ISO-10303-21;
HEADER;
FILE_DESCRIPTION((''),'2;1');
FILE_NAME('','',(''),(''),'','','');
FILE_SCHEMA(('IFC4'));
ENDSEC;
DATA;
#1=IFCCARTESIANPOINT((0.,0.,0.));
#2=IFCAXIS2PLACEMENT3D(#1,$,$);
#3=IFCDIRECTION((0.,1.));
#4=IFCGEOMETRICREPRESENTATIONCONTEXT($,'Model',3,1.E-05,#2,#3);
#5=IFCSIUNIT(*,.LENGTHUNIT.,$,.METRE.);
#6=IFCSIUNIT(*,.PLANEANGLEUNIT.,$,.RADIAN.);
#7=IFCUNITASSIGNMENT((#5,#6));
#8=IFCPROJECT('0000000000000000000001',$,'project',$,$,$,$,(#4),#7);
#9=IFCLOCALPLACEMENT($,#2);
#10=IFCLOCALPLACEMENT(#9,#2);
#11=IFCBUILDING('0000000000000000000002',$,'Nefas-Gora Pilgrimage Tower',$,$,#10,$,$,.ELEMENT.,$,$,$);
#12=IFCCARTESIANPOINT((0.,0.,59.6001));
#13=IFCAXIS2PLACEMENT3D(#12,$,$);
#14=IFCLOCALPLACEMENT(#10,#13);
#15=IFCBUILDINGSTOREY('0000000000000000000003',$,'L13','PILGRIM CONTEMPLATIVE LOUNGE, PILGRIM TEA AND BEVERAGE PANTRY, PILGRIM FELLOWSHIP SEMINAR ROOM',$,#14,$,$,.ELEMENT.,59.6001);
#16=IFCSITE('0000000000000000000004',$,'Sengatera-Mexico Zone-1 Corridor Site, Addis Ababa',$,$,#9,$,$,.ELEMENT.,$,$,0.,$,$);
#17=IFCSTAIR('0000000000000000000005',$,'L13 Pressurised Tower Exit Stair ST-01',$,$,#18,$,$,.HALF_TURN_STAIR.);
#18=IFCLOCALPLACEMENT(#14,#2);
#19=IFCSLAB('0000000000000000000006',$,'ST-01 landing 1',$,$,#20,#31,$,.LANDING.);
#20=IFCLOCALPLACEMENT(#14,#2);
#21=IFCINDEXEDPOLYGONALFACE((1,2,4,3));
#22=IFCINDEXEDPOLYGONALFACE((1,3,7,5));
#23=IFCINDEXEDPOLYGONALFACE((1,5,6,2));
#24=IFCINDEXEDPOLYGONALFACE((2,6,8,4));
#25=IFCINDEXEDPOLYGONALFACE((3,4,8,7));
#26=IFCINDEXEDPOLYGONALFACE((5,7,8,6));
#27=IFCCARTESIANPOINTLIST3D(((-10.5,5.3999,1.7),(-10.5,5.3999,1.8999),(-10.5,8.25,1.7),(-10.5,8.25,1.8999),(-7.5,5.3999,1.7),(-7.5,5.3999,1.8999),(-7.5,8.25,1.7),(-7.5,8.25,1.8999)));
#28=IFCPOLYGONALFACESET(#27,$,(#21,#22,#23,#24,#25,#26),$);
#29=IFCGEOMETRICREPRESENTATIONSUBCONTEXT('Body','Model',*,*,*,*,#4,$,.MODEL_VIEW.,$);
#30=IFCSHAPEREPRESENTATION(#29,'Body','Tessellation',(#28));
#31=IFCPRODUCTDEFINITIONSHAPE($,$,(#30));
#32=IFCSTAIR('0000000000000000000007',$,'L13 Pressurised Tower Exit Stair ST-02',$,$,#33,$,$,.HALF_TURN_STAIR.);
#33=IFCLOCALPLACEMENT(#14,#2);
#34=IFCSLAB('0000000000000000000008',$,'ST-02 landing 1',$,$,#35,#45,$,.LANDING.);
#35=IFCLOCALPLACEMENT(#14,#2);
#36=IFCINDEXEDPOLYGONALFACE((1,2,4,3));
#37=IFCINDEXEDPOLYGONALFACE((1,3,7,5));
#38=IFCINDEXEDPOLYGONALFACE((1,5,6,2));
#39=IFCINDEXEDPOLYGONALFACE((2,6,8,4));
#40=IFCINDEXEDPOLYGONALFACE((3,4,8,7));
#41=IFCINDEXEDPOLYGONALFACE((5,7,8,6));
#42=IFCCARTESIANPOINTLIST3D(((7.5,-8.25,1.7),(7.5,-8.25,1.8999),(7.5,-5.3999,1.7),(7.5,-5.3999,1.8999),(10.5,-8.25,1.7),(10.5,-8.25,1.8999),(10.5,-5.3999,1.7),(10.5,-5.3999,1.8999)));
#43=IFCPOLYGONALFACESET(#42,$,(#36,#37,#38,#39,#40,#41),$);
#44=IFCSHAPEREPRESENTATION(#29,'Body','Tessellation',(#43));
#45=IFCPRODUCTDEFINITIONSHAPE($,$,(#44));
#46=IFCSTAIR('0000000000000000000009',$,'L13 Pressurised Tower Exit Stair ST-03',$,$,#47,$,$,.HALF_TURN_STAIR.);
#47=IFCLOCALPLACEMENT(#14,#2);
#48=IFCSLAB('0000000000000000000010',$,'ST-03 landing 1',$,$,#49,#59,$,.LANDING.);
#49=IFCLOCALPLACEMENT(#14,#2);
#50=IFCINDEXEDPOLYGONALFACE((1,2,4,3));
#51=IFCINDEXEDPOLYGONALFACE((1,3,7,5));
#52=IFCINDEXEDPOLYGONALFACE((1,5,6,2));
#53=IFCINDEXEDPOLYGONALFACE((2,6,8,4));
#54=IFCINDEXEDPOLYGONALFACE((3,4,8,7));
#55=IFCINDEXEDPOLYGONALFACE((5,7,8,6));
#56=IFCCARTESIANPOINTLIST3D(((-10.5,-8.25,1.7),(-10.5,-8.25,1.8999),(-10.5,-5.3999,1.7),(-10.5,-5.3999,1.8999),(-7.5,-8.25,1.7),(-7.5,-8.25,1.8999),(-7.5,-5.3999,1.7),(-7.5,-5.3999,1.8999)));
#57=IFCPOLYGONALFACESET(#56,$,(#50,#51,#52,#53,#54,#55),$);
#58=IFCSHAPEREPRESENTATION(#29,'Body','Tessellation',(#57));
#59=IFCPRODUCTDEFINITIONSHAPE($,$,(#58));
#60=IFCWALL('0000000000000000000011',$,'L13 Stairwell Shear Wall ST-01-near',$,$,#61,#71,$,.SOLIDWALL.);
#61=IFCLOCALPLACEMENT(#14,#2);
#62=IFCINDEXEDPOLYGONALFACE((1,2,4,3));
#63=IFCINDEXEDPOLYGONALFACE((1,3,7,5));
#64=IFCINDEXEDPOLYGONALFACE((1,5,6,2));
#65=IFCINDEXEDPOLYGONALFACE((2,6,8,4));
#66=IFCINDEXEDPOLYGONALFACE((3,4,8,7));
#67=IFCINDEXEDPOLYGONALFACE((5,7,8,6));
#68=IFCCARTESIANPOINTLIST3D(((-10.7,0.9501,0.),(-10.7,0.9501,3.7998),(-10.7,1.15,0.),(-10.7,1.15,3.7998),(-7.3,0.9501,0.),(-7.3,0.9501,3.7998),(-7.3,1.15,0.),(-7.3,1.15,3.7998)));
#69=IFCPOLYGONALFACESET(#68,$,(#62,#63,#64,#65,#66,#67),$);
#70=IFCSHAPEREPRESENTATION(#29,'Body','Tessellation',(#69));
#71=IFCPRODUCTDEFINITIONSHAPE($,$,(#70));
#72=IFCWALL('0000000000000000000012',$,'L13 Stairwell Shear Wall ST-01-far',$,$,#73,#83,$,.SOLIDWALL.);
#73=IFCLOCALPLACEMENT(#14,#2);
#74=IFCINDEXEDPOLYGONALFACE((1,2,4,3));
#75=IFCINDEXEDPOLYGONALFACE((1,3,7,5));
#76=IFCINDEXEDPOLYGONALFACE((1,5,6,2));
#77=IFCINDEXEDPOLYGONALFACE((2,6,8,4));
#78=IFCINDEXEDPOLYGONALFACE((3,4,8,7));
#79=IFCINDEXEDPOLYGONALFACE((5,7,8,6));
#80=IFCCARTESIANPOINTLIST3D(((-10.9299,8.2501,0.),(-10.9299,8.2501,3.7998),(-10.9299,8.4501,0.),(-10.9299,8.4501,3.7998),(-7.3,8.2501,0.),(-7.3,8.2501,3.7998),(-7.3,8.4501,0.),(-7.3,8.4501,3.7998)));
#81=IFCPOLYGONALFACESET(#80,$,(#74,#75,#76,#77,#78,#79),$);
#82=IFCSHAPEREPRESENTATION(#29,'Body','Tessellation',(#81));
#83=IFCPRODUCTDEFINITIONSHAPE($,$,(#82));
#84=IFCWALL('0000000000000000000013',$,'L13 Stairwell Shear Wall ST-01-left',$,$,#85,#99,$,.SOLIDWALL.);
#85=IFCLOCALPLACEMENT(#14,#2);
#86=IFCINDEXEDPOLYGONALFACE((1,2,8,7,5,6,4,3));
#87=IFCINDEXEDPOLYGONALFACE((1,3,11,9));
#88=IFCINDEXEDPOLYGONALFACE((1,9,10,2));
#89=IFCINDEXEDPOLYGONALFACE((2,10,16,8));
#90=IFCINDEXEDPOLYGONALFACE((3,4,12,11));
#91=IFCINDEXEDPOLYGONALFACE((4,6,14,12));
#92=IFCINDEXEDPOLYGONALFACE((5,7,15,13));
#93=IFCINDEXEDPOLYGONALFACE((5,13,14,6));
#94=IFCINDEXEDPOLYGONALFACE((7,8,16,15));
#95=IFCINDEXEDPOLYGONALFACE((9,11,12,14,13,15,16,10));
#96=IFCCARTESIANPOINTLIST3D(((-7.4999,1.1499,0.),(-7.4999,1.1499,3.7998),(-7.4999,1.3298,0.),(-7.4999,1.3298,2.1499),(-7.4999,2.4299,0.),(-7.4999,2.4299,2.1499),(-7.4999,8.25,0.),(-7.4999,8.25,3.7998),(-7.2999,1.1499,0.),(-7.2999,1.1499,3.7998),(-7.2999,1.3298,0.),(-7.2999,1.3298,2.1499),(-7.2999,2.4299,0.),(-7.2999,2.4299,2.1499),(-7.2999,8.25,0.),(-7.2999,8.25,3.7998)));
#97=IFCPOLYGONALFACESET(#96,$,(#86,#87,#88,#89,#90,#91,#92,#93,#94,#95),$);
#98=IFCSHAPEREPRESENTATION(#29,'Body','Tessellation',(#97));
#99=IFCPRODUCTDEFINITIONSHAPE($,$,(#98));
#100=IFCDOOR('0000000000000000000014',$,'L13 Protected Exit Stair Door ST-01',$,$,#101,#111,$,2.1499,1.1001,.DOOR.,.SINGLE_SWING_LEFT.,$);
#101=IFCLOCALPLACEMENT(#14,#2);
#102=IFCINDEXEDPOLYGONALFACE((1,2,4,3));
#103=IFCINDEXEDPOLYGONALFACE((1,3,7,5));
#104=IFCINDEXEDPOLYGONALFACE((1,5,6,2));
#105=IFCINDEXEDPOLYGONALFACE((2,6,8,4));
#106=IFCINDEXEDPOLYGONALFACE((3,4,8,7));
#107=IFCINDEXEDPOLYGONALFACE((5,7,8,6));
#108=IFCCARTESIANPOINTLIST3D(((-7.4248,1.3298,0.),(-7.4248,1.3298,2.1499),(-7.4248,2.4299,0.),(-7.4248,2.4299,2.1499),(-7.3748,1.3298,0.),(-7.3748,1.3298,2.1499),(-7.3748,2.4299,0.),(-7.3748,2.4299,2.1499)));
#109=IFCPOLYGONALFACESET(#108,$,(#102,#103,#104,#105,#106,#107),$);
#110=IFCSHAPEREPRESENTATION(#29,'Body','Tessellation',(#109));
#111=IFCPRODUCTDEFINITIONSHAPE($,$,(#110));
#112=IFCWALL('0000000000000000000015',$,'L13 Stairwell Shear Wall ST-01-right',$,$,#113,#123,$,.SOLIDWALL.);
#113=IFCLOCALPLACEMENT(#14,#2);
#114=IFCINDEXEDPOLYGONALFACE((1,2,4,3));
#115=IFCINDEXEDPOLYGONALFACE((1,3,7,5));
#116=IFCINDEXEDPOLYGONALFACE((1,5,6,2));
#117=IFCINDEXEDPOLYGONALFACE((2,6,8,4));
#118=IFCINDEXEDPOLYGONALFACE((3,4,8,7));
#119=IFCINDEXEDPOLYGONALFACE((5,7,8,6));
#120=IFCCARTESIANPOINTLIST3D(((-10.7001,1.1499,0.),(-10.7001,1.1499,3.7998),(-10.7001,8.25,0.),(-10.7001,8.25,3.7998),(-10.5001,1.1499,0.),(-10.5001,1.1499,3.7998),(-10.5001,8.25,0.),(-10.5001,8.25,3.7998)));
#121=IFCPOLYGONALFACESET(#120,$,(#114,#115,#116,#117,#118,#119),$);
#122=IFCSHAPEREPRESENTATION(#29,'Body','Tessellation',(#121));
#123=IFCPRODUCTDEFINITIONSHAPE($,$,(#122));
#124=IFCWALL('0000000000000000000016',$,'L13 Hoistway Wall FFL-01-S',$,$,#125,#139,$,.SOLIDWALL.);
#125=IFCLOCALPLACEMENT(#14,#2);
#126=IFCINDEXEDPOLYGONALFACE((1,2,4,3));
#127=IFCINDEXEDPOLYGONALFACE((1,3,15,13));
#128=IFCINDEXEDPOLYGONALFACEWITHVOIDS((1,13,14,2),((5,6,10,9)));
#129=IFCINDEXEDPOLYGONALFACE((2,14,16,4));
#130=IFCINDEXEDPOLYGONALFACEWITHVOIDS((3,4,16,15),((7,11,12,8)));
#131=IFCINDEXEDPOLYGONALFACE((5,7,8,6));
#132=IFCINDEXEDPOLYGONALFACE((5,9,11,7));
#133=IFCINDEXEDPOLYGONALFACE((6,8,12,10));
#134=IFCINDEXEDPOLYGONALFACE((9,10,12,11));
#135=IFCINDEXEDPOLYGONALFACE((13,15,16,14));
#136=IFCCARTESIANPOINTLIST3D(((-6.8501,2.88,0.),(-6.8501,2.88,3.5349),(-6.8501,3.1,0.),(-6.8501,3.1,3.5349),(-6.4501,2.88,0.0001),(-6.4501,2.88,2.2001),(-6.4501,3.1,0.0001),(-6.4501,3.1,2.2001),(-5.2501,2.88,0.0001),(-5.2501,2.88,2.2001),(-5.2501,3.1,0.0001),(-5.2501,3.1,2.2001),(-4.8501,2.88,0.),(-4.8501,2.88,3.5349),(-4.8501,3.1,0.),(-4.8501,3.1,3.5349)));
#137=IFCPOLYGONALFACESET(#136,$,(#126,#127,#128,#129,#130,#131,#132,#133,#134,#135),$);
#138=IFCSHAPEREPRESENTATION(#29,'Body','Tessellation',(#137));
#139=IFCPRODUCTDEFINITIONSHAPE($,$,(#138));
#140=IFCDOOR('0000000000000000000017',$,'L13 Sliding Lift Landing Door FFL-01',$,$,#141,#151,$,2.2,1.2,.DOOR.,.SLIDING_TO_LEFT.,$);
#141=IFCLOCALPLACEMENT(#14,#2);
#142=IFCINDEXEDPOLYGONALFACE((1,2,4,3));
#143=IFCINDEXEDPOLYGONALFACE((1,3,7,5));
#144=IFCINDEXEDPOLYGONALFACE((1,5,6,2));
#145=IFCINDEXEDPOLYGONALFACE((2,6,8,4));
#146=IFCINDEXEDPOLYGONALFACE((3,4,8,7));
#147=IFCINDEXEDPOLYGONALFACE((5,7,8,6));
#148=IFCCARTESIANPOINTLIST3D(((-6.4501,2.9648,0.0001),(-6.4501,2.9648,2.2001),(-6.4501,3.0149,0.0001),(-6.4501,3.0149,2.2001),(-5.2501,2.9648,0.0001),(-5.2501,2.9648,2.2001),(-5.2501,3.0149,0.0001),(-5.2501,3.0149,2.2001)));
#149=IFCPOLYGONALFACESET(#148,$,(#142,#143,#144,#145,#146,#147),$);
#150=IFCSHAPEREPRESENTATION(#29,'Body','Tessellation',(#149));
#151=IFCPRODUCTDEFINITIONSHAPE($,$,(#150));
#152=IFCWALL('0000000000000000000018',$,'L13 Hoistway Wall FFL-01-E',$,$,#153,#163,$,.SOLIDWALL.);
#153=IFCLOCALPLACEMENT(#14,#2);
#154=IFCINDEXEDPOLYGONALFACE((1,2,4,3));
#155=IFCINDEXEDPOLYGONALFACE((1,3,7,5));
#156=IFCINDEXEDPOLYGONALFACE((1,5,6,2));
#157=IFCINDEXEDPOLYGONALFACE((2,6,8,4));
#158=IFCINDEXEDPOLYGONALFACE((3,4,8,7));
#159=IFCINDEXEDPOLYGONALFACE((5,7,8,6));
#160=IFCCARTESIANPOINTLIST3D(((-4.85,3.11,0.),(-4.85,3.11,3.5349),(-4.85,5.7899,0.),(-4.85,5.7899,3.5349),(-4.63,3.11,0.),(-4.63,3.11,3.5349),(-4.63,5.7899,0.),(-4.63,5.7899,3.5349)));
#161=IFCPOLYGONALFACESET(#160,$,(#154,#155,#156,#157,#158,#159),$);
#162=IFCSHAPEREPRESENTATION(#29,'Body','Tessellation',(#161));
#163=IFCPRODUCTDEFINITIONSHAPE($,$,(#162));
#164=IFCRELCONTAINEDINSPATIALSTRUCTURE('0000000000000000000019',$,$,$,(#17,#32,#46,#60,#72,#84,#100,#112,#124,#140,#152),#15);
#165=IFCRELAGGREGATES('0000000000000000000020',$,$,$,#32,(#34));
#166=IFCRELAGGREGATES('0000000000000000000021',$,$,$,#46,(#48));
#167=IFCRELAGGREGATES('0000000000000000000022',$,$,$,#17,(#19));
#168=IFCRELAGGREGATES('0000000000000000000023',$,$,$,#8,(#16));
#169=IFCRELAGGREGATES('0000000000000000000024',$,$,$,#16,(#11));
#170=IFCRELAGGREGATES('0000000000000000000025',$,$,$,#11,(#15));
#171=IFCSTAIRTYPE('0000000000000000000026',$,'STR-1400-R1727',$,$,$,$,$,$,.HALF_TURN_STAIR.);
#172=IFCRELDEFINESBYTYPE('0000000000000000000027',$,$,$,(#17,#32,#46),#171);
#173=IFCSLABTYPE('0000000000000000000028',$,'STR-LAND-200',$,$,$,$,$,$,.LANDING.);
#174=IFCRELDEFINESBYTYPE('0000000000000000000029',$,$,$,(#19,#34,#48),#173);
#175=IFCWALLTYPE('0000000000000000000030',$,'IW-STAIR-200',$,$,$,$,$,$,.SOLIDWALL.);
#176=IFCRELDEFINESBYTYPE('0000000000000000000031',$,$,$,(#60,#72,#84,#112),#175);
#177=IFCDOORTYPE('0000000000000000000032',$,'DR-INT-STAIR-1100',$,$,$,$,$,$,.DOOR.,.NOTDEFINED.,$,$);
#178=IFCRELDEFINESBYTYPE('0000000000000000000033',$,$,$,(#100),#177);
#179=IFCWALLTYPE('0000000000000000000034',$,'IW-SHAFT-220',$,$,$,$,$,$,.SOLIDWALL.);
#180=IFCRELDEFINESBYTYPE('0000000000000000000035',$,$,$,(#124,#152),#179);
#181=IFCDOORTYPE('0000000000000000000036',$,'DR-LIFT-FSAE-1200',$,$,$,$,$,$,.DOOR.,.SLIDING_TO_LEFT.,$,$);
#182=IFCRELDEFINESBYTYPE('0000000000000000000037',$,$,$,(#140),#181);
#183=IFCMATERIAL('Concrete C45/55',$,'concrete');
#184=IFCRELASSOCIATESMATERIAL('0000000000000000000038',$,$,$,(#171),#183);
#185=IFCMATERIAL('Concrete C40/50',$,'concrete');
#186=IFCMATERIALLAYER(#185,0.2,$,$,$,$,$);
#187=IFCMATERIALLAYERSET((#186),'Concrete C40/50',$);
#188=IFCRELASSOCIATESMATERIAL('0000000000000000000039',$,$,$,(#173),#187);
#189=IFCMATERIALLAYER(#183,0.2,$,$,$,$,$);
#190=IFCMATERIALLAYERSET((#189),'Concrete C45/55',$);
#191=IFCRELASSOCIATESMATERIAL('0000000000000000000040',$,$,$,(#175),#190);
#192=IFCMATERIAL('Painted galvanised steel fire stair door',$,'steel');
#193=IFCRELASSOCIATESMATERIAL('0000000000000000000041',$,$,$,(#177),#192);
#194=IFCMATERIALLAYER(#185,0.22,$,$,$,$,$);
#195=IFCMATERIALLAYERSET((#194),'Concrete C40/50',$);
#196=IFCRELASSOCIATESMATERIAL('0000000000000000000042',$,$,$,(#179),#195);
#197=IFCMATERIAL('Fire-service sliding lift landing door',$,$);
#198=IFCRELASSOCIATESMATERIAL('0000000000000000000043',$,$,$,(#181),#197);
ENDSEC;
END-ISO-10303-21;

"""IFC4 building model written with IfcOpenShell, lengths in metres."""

from ifc_helpers import new_model, si_unit, direction, frame, frame_2d, origin, place, context, subcontext, project, spatial, polyline, rectangle, outline, extrude, source, transform, mapped, material, layer, layer_set, type_object, element, fill, aggregate, save


model = new_model("IFC4")

# Units and contexts
model_context = context("Model", 3, precision=1e-05, world=origin(), true_north=direction((0.0, 1.0)))
body_context = subcontext(model_context, "Body", "Model", "MODEL_VIEW")
ifc_project = project(units=[si_unit("LENGTHUNIT", "METRE"), si_unit("PLANEANGLEUNIT", "RADIAN")], contexts=[model_context])

# Site, building, storey
site_placement = place(None, origin())
site = spatial("IfcSite", under=ifc_project, at=site_placement, Name="Sengatera-Mexico Zone-1 Corridor Site, Addis Ababa", CompositionType="ELEMENT", RefElevation=0.0)
building_placement = place(site_placement, origin())
building = spatial("IfcBuilding", under=site, at=building_placement, Name="Nefas-Gora Pilgrimage Tower", CompositionType="ELEMENT")
storey_placement = place(building_placement, frame((0.0, 0.0, 59.6001)))
storey = spatial("IfcBuildingStorey", under=building, at=storey_placement, Name="L13", Description="PILGRIM CONTEMPLATIVE LOUNGE, PILGRIM TEA AND BEVERAGE PANTRY, PILGRIM FELLOWSHIP SEMINAR ROOM", CompositionType="ELEMENT", Elevation=59.6001)

# Shared definitions
ifc_material_1 = material(Name="Concrete C40/50", Category="concrete")

# Stairs, slabs
ifc_material_2 = material(Name="Concrete C45/55", Category="concrete")
stair_type = type_object("IfcStairType", Name="STR-1400-R1727", PredefinedType="HALF_TURN_STAIR", material=ifc_material_2)
stair_1_placement = place(storey_placement, origin())
stair_1 = element("IfcStair", 1, at=stair_1_placement, inside=storey, type_object=stair_type, Name="L13 Pressurised Tower Exit Stair ST-01", PredefinedType="HALF_TURN_STAIR")
ifc_layer_1 = layer(ifc_material_1, 0.2)
ifc_layer_set_1 = layer_set([ifc_layer_1], Name="Concrete C40/50")
slab_type_1 = type_object("IfcSlabType", Name="STR-LAND-200", PredefinedType="LANDING", material=ifc_layer_set_1)
slab_1_placement = place(storey_placement, frame((0.0, 0.0, 1.7)))
slab_1 = element("IfcSlab", 2, at=slab_1_placement, type_object=slab_type_1, Name="ST-01 landing 1", PredefinedType="LANDING", context=body_context, shape_type="SweptSolid", body=[
    extrude(outline(polyline([(-7.5, 5.3999), (-7.5, 8.25), (-10.5, 8.25), (-10.5, 5.3999), (-7.5, 5.3999)])), origin(), (0.0, 0.0, 1.0), 0.2),
])
stair_2_placement = place(storey_placement, origin())
stair_2 = element("IfcStair", 3, at=stair_2_placement, inside=storey, type_object=stair_type, Name="L13 Pressurised Tower Exit Stair ST-02", PredefinedType="HALF_TURN_STAIR")
slab_2_placement = place(storey_placement, frame((0.0, 0.0, 1.7)))
slab_2 = element("IfcSlab", 4, at=slab_2_placement, type_object=slab_type_1, Name="ST-02 landing 1", PredefinedType="LANDING", context=body_context, shape_type="SweptSolid", body=[
    extrude(outline(polyline([(7.5, -5.3999), (7.5, -8.25), (10.5, -8.25), (10.5, -5.3999), (7.5, -5.3999)])), origin(), (0.0, 0.0, 1.0), 0.2),
])
aggregate(stair_2, [slab_2])
stair_3_placement = place(storey_placement, origin())
stair_3 = element("IfcStair", 5, at=stair_3_placement, inside=storey, type_object=stair_type, Name="L13 Pressurised Tower Exit Stair ST-03", PredefinedType="HALF_TURN_STAIR")
slab_3_placement = place(storey_placement, frame((0.0, 0.0, 1.7)))
slab_3 = element("IfcSlab", 6, at=slab_3_placement, type_object=slab_type_1, Name="ST-03 landing 1", PredefinedType="LANDING", context=body_context, shape_type="SweptSolid", body=[
    extrude(outline(polyline([(-10.5, -5.3999), (-10.5, -8.25), (-7.5, -8.25), (-7.5, -5.3999), (-10.5, -5.3999)])), origin(), (0.0, 0.0, 1.0), 0.2),
])
aggregate(stair_3, [slab_3])

# Walls
ifc_layer_2 = layer(ifc_material_2, 0.2)
ifc_layer_set_2 = layer_set([ifc_layer_2], Name="Concrete C45/55")
wall_type_1 = type_object("IfcWallType", Name="IW-STAIR-200", PredefinedType="SOLIDWALL", material=ifc_layer_set_2)
shared_shape_1 = source(origin(), body_context, "Body", "SweptSolid", [
    extrude(rectangle(XDim=3.3999, YDim=0.2, at=frame_2d((1.7, 0.0))), origin(), (0.0, 0.0, 1.0), 3.7998),
])
wall_1_placement = place(storey_placement, frame((-7.3, 1.05, 0.0), z_axis=(0.0, 0.0, 1.0), x_axis=(-1.0, 0.0, 0.0)))
element("IfcWall", 7, at=wall_1_placement, inside=storey, type_object=wall_type_1, Name="L13 Stairwell Shear Wall ST-01-near", PredefinedType="SOLIDWALL", context=body_context, shape_type="MappedRepresentation", body=[
    mapped(shared_shape_1, transform((0.0, 0.0, 0.0), x_axis=(1.0, 0.0, 0.0), y_axis=(0.0, 1.0, 0.0), z_axis=(0.0, 0.0, 1.0), scale=1.0)),
])
shared_shape_2 = source(origin(), body_context, "Body", "SweptSolid", [
    extrude(rectangle(XDim=3.6299, YDim=0.2, at=frame_2d((1.8149, 0.0))), origin(), (0.0, 0.0, 1.0), 3.7998),
])
wall_2_placement = place(storey_placement, frame((-7.3, 8.3501, 0.0), z_axis=(0.0, 0.0, 1.0), x_axis=(-1.0, 0.0, 0.0)))
element("IfcWall", 8, at=wall_2_placement, inside=storey, type_object=wall_type_1, Name="L13 Stairwell Shear Wall ST-01-far", PredefinedType="SOLIDWALL", context=body_context, shape_type="MappedRepresentation", body=[
    mapped(shared_shape_2, transform((0.0, 0.0, 0.0), x_axis=(1.0, 0.0, 0.0), y_axis=(0.0, 1.0, 0.0), z_axis=(0.0, 0.0, 1.0), scale=1.0)),
])

# Wall, opening, door
shared_shape_3 = source(origin(), body_context, "Body", "SweptSolid", [
    extrude(rectangle(XDim=7.1001, YDim=0.2, at=frame_2d((3.55, 0.0))), origin(), (0.0, 0.0, 1.0), 3.7998),
])
wall_3_placement = place(storey_placement, frame((-7.3999, 1.1499, 0.0), z_axis=(0.0, 0.0, 1.0), x_axis=(0.0, 1.0, 0.0)))
wall_3 = element("IfcWall", 9, at=wall_3_placement, inside=storey, type_object=wall_type_1, Name="L13 Stairwell Shear Wall ST-01-left", PredefinedType="SOLIDWALL", context=body_context, shape_type="MappedRepresentation", body=[
    mapped(shared_shape_3, transform((0.0, 0.0, 0.0), x_axis=(1.0, 0.0, 0.0), y_axis=(0.0, 1.0, 0.0), z_axis=(0.0, 0.0, 1.0), scale=1.0)),
])
opening_1_placement = place(wall_3_placement, frame((0.1799, 0.0, 0.0)))
opening_1 = element("IfcOpeningElement", 10, at=opening_1_placement, cuts=wall_3, PredefinedType="OPENING", context=body_context, shape_type="SweptSolid", body=[
    extrude(rectangle(XDim=1.1001, YDim=2.1499, at=frame_2d((0.55, 1.075))), frame((0.0, 0.1099, 0.0), z_axis=(0.0, -1.0, 0.0), x_axis=(1.0, 0.0, 0.0)), (0.0, 0.0, 1.0), 0.22),
])
ifc_material_3 = material(Name="Painted galvanised steel fire stair door", Category="steel")
door_type_1 = type_object("IfcDoorType", Name="DR-INT-STAIR-1100", OperationType="NOTDEFINED", PredefinedType="DOOR", material=ifc_material_3)
shared_shape_4 = source(origin(), body_context, "Body", "SweptSolid", [
    extrude(rectangle(XDim=1.1001, YDim=2.1499, at=frame_2d((0.55, 1.075))), frame((0.0, 0.0249, 0.0), z_axis=(0.0, -1.0, 0.0), x_axis=(1.0, 0.0, 0.0)), (0.0, 0.0, 1.0), 0.05),
])
door_1_placement = place(opening_1_placement, origin())
door_1 = element("IfcDoor", 11, at=door_1_placement, inside=storey, type_object=door_type_1, Name="L13 Protected Exit Stair Door ST-01", OperationType="SINGLE_SWING_LEFT", OverallHeight=2.1499, OverallWidth=1.1001, PredefinedType="DOOR", context=body_context, shape_type="MappedRepresentation", body=[
    mapped(shared_shape_4, transform((0.0, 0.0, 0.0), x_axis=(1.0, 0.0, 0.0), y_axis=(0.0, 1.0, 0.0), z_axis=(0.0, 0.0, 1.0), scale=1.0)),
])
fill(opening_1, door_1)

# Wall
wall_4_placement = place(storey_placement, frame((-10.6001, 1.1499, 0.0), z_axis=(0.0, 0.0, 1.0), x_axis=(0.0, 1.0, 0.0)))
element("IfcWall", 12, at=wall_4_placement, inside=storey, type_object=wall_type_1, Name="L13 Stairwell Shear Wall ST-01-right", PredefinedType="SOLIDWALL", context=body_context, shape_type="MappedRepresentation", body=[
    mapped(shared_shape_3, transform((0.0, 0.0, 0.0), x_axis=(1.0, 0.0, 0.0), y_axis=(0.0, 1.0, 0.0), z_axis=(0.0, 0.0, 1.0), scale=1.0)),
])

# Wall, opening, door
ifc_layer_3 = layer(ifc_material_1, 0.22)
ifc_layer_set_3 = layer_set([ifc_layer_3], Name="Concrete C40/50")
wall_type_2 = type_object("IfcWallType", Name="IW-SHAFT-220", PredefinedType="SOLIDWALL", material=ifc_layer_set_3)
shared_shape_5 = source(origin(), body_context, "Body", "SweptSolid", [
    extrude(rectangle(XDim=2.0, YDim=0.22, at=frame_2d((1.0, 0.0))), origin(), (0.0, 0.0, 1.0), 3.5349),
])
wall_5_placement = place(storey_placement, frame((-6.8501, 2.99, 0.0), z_axis=(0.0, 0.0, 1.0), x_axis=(1.0, 0.0, 0.0)))
wall_5 = element("IfcWall", 13, at=wall_5_placement, inside=storey, type_object=wall_type_2, Name="L13 Hoistway Wall FFL-01-S", PredefinedType="SOLIDWALL", context=body_context, shape_type="MappedRepresentation", body=[
    mapped(shared_shape_5, transform((0.0, 0.0, 0.0), x_axis=(1.0, 0.0, 0.0), y_axis=(0.0, 1.0, 0.0), z_axis=(0.0, 0.0, 1.0), scale=1.0)),
])
opening_2_placement = place(wall_5_placement, frame((0.3999, 0.0, 0.0)))
opening_2 = element("IfcOpeningElement", 14, at=opening_2_placement, cuts=wall_5, PredefinedType="OPENING", context=body_context, shape_type="SweptSolid", body=[
    extrude(rectangle(XDim=1.2, YDim=2.2, at=frame_2d((0.6001, 1.1001))), frame((0.0, 0.1199, 0.0), z_axis=(0.0, -1.0, 0.0), x_axis=(1.0, 0.0, 0.0)), (0.0, 0.0, 1.0), 0.24),
])
ifc_material_4 = material(Name="Fire-service sliding lift landing door")
door_type_2 = type_object("IfcDoorType", Name="DR-LIFT-FSAE-1200", OperationType="SLIDING_TO_LEFT", PredefinedType="DOOR", material=ifc_material_4)
shared_shape_6 = source(origin(), body_context, "Body", "SweptSolid", [
    extrude(rectangle(XDim=1.2, YDim=2.2, at=frame_2d((0.6001, 1.1001))), frame((0.0, 0.0249, 0.0), z_axis=(0.0, -1.0, 0.0), x_axis=(1.0, 0.0, 0.0)), (0.0, 0.0, 1.0), 0.05),
])
door_2_placement = place(opening_2_placement, origin())
door_2 = element("IfcDoor", 15, at=door_2_placement, inside=storey, type_object=door_type_2, Name="L13 Sliding Lift Landing Door FFL-01", OperationType="SLIDING_TO_LEFT", OverallHeight=2.2, OverallWidth=1.2, PredefinedType="DOOR", context=body_context, shape_type="MappedRepresentation", body=[
    mapped(shared_shape_6, transform((0.0, 0.0, 0.0), x_axis=(1.0, 0.0, 0.0), y_axis=(0.0, 1.0, 0.0), z_axis=(0.0, 0.0, 1.0), scale=1.0)),
])
fill(opening_2, door_2)

# Wall
shared_shape_7 = source(origin(), body_context, "Body", "SweptSolid", [
    extrude(rectangle(XDim=2.6799, YDim=0.22, at=frame_2d((1.3398, 0.0))), origin(), (0.0, 0.0, 1.0), 3.5349),
])
wall_6_placement = place(storey_placement, frame((-4.74, 3.1101, 0.0), z_axis=(0.0, 0.0, 1.0), x_axis=(0.0, 1.0, 0.0)))
element("IfcWall", 16, at=wall_6_placement, inside=storey, type_object=wall_type_2, Name="L13 Hoistway Wall FFL-01-E", PredefinedType="SOLIDWALL", context=body_context, shape_type="MappedRepresentation", body=[
    mapped(shared_shape_7, transform((0.0, 0.0, 0.0), x_axis=(1.0, 0.0, 0.0), y_axis=(0.0, 1.0, 0.0), z_axis=(0.0, 0.0, 1.0), scale=1.0)),
])

aggregate(stair_1, [slab_1])

save(model, "model.ifc")
